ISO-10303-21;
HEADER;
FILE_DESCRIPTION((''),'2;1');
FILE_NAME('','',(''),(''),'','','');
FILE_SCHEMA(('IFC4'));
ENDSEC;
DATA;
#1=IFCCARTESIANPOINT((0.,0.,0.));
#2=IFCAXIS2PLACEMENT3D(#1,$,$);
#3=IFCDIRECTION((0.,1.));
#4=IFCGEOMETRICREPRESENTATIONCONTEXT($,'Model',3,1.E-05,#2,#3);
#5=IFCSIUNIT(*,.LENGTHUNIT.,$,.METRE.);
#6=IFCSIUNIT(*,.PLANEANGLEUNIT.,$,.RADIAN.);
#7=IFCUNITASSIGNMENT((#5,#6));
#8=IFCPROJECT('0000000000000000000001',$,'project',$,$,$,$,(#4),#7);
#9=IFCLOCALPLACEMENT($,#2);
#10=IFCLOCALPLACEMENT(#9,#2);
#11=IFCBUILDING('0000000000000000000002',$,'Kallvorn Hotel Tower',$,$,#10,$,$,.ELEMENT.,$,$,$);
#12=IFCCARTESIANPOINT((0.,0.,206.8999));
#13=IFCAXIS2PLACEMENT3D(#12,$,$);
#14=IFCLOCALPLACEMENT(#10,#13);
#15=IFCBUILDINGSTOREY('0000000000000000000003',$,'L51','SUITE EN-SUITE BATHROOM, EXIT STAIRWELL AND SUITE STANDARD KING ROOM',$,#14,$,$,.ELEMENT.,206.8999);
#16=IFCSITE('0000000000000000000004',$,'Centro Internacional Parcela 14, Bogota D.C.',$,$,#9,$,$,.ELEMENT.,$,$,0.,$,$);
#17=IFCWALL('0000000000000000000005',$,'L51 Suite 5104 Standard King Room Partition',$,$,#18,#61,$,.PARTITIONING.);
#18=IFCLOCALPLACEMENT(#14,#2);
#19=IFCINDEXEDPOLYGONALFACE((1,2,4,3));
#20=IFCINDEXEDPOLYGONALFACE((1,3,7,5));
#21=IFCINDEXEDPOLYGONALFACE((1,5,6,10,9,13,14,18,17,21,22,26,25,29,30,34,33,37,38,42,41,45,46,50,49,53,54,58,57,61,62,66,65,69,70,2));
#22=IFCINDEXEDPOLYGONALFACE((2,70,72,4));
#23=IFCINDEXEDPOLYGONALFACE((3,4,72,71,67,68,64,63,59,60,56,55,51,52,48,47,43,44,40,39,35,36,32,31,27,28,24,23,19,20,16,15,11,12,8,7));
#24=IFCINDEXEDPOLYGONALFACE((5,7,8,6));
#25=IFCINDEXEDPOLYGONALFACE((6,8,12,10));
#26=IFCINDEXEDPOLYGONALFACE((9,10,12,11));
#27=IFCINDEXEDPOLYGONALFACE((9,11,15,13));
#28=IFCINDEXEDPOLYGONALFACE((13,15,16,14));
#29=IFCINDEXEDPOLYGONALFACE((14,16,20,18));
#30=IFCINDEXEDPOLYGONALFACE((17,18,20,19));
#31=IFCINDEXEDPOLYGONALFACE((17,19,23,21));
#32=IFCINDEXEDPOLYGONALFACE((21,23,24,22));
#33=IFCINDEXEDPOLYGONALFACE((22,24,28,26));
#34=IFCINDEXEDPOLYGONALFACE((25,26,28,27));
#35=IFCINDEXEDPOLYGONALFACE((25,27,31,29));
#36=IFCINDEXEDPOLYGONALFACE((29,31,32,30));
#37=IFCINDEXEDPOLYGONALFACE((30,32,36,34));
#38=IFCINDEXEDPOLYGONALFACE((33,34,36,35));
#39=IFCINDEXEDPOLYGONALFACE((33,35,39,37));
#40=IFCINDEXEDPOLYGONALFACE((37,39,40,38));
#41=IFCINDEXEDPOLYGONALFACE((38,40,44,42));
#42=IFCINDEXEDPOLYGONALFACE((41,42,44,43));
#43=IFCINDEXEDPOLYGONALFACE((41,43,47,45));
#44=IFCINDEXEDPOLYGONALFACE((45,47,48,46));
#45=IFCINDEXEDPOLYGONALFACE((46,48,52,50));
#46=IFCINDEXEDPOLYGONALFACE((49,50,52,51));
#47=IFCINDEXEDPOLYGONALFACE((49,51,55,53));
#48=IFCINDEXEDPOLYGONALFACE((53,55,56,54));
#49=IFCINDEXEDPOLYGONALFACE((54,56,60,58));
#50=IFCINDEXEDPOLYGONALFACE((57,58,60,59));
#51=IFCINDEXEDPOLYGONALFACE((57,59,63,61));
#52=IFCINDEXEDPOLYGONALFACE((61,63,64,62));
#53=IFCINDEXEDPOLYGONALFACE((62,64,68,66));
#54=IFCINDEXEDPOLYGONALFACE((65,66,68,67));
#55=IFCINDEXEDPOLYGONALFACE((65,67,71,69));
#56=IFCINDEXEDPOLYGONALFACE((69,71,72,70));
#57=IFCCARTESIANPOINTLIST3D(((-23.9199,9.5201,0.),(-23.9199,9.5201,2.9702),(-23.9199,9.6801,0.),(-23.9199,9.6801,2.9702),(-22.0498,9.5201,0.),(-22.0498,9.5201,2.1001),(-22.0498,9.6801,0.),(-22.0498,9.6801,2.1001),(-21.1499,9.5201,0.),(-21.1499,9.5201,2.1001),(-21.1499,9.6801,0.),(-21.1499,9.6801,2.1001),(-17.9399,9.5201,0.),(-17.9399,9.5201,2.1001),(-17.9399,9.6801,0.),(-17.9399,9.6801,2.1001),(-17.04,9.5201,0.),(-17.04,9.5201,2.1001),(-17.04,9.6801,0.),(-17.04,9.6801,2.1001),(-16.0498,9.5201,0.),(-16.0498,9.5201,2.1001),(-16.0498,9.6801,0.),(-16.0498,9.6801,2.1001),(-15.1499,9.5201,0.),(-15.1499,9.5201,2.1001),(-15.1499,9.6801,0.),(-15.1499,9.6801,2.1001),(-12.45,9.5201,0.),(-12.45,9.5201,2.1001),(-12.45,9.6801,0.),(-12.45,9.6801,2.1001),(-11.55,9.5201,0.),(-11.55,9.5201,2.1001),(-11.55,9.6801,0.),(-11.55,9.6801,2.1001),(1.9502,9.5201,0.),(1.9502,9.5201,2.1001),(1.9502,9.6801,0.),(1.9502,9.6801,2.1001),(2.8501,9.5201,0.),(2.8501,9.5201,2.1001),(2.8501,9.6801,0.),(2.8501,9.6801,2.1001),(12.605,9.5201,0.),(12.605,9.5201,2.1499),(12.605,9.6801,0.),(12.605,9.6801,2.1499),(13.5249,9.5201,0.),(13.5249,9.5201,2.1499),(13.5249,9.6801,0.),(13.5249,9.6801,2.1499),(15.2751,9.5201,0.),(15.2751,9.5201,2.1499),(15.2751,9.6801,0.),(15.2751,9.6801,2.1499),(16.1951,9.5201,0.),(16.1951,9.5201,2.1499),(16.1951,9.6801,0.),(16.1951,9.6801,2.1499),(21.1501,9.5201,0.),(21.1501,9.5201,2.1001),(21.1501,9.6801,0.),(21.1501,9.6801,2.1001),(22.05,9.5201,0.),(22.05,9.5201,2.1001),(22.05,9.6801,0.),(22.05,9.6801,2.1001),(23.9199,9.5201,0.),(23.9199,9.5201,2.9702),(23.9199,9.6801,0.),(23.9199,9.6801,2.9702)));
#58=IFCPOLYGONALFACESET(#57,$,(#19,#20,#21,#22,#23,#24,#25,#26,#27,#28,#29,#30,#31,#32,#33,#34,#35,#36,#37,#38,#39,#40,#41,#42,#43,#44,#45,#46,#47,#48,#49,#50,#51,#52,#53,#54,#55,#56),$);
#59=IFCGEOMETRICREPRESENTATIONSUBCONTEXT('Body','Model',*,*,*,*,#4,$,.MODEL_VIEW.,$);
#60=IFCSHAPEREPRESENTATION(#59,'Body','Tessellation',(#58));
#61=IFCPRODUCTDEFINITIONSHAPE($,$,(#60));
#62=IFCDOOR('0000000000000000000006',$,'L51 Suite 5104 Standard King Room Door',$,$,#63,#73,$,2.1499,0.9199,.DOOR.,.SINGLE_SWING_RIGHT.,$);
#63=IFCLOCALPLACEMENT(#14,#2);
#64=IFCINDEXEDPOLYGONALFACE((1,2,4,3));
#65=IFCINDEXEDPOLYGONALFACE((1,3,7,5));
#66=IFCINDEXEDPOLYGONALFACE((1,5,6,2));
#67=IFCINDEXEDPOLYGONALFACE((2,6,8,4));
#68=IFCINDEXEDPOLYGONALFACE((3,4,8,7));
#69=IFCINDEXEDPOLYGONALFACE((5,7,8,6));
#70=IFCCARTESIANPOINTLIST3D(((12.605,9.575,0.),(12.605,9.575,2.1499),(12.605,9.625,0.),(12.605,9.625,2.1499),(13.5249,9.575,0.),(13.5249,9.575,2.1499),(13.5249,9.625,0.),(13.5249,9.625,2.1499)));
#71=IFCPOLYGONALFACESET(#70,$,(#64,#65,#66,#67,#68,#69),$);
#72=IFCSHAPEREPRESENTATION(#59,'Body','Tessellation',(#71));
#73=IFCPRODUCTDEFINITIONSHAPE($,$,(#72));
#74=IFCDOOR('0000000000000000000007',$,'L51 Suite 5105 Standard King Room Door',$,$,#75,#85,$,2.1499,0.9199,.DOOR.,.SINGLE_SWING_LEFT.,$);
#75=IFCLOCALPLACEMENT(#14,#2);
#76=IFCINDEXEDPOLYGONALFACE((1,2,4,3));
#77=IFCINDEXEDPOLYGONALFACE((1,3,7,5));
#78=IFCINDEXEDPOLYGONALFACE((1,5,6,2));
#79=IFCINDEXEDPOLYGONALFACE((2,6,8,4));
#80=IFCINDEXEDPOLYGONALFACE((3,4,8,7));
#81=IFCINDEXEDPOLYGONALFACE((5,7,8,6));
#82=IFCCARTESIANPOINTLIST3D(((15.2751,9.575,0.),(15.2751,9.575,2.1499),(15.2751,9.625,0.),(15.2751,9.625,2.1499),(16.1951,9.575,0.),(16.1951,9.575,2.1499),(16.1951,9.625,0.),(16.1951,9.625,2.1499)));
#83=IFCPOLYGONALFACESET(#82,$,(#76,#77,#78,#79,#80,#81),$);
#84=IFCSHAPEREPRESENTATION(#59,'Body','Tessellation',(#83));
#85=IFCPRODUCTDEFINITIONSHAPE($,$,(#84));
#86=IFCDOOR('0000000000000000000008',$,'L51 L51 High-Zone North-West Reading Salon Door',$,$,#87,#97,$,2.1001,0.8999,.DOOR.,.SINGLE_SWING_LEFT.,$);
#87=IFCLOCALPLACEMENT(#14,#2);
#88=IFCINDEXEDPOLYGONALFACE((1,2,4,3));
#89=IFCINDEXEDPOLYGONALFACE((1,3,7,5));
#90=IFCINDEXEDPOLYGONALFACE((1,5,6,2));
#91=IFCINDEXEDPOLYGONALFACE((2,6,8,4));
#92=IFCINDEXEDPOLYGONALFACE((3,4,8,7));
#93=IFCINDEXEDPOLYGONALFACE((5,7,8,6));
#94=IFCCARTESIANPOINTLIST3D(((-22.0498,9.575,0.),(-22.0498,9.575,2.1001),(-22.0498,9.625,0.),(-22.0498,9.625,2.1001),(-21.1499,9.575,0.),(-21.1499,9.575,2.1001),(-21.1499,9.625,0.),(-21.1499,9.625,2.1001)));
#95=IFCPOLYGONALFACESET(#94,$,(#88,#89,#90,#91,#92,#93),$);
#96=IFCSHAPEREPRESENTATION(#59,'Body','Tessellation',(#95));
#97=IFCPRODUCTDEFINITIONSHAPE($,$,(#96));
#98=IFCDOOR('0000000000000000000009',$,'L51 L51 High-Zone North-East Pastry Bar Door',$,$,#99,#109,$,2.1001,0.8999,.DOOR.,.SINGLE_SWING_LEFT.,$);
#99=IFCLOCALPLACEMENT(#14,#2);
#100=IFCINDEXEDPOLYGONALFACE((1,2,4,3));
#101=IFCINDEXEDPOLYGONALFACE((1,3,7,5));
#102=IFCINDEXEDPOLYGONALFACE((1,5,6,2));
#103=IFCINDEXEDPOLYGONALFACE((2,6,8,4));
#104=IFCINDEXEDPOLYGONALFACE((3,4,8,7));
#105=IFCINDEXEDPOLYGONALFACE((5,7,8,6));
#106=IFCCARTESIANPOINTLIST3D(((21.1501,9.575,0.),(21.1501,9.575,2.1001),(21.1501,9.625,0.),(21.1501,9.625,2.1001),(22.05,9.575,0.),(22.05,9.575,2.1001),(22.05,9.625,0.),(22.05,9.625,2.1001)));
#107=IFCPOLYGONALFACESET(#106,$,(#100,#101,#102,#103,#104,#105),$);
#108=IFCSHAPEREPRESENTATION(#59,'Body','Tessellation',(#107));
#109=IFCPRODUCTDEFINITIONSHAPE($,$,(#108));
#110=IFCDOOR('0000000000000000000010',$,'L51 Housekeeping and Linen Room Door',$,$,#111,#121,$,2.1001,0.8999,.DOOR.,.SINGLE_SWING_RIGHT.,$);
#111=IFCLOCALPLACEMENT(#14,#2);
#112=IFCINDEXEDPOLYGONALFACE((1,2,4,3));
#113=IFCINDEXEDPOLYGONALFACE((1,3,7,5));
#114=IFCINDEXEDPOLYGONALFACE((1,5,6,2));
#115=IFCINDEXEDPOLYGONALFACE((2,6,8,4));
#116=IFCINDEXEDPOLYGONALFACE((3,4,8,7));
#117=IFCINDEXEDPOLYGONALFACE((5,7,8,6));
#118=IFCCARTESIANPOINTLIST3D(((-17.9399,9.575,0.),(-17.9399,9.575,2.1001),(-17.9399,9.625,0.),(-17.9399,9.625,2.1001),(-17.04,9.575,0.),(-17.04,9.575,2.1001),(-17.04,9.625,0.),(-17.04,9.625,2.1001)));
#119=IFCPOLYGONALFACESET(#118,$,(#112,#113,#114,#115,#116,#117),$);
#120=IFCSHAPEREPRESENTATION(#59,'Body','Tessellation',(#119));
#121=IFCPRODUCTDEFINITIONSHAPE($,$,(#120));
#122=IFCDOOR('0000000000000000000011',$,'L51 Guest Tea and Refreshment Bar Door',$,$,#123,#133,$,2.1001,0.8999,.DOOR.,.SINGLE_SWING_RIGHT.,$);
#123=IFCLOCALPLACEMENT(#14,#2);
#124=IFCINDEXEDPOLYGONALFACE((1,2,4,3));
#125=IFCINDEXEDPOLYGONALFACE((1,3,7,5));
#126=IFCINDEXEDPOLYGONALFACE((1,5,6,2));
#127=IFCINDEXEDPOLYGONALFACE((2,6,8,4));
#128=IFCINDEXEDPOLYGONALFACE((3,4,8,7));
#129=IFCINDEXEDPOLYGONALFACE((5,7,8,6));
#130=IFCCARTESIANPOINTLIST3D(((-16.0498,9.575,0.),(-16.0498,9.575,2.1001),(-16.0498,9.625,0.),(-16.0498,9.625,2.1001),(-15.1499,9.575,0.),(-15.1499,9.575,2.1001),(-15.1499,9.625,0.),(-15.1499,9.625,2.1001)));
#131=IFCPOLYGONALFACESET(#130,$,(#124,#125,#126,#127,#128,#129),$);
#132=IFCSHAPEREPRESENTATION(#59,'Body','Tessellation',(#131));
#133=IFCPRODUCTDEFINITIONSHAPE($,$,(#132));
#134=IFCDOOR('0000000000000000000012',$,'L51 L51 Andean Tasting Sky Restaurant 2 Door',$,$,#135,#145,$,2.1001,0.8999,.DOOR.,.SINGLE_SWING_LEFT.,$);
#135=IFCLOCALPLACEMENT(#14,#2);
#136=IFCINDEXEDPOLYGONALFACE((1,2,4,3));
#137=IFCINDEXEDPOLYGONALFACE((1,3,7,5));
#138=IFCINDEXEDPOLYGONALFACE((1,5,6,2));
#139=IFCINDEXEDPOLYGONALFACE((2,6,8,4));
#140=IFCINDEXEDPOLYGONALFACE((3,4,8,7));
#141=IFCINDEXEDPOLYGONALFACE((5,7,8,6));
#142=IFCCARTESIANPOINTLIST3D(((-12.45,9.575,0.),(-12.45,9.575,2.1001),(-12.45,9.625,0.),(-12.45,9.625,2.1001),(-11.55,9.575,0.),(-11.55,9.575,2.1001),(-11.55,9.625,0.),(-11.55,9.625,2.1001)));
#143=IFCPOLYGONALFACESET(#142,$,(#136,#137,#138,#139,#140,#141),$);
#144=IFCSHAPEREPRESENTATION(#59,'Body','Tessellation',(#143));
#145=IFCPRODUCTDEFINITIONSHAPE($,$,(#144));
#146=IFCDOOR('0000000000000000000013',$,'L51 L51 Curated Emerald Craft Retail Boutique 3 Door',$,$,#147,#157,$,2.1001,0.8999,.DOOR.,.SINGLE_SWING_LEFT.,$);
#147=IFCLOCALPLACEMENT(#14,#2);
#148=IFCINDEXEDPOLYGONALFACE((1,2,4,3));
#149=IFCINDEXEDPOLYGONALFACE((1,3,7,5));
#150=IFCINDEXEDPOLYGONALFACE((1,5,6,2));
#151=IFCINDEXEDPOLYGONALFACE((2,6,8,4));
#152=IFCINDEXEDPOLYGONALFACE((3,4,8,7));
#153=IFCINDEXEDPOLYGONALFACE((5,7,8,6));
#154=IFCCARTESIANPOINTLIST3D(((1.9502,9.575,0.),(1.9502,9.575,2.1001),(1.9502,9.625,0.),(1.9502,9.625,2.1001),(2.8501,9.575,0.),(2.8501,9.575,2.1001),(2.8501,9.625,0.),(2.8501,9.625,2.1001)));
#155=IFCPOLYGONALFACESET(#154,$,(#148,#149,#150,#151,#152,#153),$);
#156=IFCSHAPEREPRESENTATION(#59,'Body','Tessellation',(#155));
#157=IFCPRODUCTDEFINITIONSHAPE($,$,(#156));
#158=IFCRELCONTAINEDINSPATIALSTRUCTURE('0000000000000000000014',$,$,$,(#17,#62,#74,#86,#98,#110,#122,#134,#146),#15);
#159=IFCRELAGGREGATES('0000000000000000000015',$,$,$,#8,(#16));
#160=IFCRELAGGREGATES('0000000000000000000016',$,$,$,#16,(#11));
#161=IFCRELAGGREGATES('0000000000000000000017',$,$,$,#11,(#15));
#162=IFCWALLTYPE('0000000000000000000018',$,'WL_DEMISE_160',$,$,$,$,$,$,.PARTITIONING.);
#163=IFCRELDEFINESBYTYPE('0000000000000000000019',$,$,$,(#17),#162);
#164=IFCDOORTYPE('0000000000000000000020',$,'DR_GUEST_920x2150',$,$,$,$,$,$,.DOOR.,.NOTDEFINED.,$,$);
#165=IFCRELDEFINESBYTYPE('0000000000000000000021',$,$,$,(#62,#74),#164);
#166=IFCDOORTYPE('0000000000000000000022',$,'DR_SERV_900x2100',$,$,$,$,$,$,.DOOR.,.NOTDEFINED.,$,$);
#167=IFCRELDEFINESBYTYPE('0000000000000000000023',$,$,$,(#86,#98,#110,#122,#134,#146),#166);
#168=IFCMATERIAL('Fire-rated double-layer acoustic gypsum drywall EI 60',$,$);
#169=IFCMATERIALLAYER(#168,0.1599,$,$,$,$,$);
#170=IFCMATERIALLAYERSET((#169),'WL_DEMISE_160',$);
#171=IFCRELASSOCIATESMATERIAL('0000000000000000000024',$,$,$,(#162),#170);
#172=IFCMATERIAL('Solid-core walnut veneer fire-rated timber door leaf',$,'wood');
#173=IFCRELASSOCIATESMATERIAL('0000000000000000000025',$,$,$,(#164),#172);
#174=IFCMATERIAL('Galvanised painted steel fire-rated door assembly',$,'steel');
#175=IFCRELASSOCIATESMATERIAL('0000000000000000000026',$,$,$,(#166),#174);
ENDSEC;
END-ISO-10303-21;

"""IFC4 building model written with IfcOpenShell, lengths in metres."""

from ifc_helpers import new_model, si_unit, direction, frame, frame_2d, origin, place, context, subcontext, project, spatial, rectangle, extrude, material, layer, layer_set, type_object, element, fill, save


model = new_model("IFC4")

# Units and contexts
model_context = context("Model", 3, precision=1e-05, world=origin(), true_north=direction((0.0, 1.0)))
body_context = subcontext(model_context, "Body", "Model", "MODEL_VIEW")
ifc_project = project(units=[si_unit("LENGTHUNIT", "METRE"), si_unit("PLANEANGLEUNIT", "RADIAN")], contexts=[model_context])

# Site, building, storey
site_placement = place(None, origin())
site = spatial("IfcSite", under=ifc_project, at=site_placement, Name="Centro Internacional Parcela 14, Bogota D.C.", CompositionType="ELEMENT", RefElevation=0.0)
building_placement = place(site_placement, origin())
building = spatial("IfcBuilding", under=site, at=building_placement, Name="Kallvorn Hotel Tower", CompositionType="ELEMENT")
storey_placement = place(building_placement, frame((0.0, 0.0, 206.8999)))
storey = spatial("IfcBuildingStorey", under=building, at=storey_placement, Name="L51", Description="SUITE EN-SUITE BATHROOM, EXIT STAIRWELL AND SUITE STANDARD KING ROOM", CompositionType="ELEMENT", Elevation=206.8999)

# Wall, openings, doors
ifc_material_1 = material(Name="Fire-rated double-layer acoustic gypsum drywall EI 60")
ifc_layer_1 = layer(ifc_material_1, 0.1599)
ifc_layer_set_1 = layer_set([ifc_layer_1], Name="WL_DEMISE_160")
wall_type_1 = type_object("IfcWallType", Name="WL_DEMISE_160", PredefinedType="PARTITIONING", material=ifc_layer_set_1)
wall_1_placement = place(storey_placement, frame((-23.9199, 9.6001, 0.0), z_axis=(0.0, 0.0, 1.0), x_axis=(1.0, 0.0, 0.0)))
wall_1 = element("IfcWall", 1, at=wall_1_placement, inside=storey, type_object=wall_type_1, Name="L51 Suite 5104 Standard King Room Partition", PredefinedType="PARTITIONING", context=body_context, shape_type="SweptSolid", body=[
    extrude(rectangle(XDim=47.8398, YDim=0.1599, at=frame_2d((23.9199, 0.0))), origin(), (0.0, 0.0, 1.0), 2.9702),
])
opening_1_placement = place(wall_1_placement, frame((1.8701, 0.0, 0.0)))
opening_1 = element("IfcOpeningElement", 2, at=opening_1_placement, cuts=wall_1, PredefinedType="OPENING", context=body_context, shape_type="SweptSolid", body=[
    extrude(rectangle(XDim=0.8999, YDim=2.1001, at=frame_2d((0.45, 1.05))), frame((0.0, 0.095, 0.0), z_axis=(0.0, -1.0, 0.0), x_axis=(1.0, 0.0, 0.0)), (0.0, 0.0, 1.0), 0.1899),
])
opening_2_placement = place(wall_1_placement, frame((45.0701, 0.0, 0.0)))
opening_2 = element("IfcOpeningElement", 3, at=opening_2_placement, cuts=wall_1, PredefinedType="OPENING", context=body_context, shape_type="SweptSolid", body=[
    extrude(rectangle(XDim=0.8999, YDim=2.1001, at=frame_2d((0.45, 1.05))), frame((0.0, 0.095, 0.0), z_axis=(0.0, -1.0, 0.0), x_axis=(1.0, 0.0, 0.0)), (0.0, 0.0, 1.0), 0.1899),
])
opening_3_placement = place(wall_1_placement, frame((5.98, 0.0, 0.0)))
opening_3 = element("IfcOpeningElement", 4, at=opening_3_placement, cuts=wall_1, PredefinedType="OPENING", context=body_context, shape_type="SweptSolid", body=[
    extrude(rectangle(XDim=0.8999, YDim=2.1001, at=frame_2d((0.45, 1.05))), frame((0.0, 0.095, 0.0), z_axis=(0.0, -1.0, 0.0), x_axis=(1.0, 0.0, 0.0)), (0.0, 0.0, 1.0), 0.1899),
])
opening_4_placement = place(wall_1_placement, frame((7.8701, 0.0, 0.0)))
opening_4 = element("IfcOpeningElement", 5, at=opening_4_placement, cuts=wall_1, PredefinedType="OPENING", context=body_context, shape_type="SweptSolid", body=[
    extrude(rectangle(XDim=0.8999, YDim=2.1001, at=frame_2d((0.45, 1.05))), frame((0.0, 0.095, 0.0), z_axis=(0.0, -1.0, 0.0), x_axis=(1.0, 0.0, 0.0)), (0.0, 0.0, 1.0), 0.1899),
])
opening_5_placement = place(wall_1_placement, frame((11.47, 0.0, 0.0)))
opening_5 = element("IfcOpeningElement", 6, at=opening_5_placement, cuts=wall_1, PredefinedType="OPENING", context=body_context, shape_type="SweptSolid", body=[
    extrude(rectangle(XDim=0.8999, YDim=2.1001, at=frame_2d((0.45, 1.05))), frame((0.0, 0.095, 0.0), z_axis=(0.0, -1.0, 0.0), x_axis=(1.0, 0.0, 0.0)), (0.0, 0.0, 1.0), 0.1899),
])
opening_6_placement = place(wall_1_placement, frame((25.8701, 0.0, 0.0)))
opening_6 = element("IfcOpeningElement", 7, at=opening_6_placement, cuts=wall_1, PredefinedType="OPENING", context=body_context, shape_type="SweptSolid", body=[
    extrude(rectangle(XDim=0.8999, YDim=2.1001, at=frame_2d((0.45, 1.05))), frame((0.0, 0.095, 0.0), z_axis=(0.0, -1.0, 0.0), x_axis=(1.0, 0.0, 0.0)), (0.0, 0.0, 1.0), 0.1899),
])
opening_7_placement = place(wall_1_placement, frame((36.5249, 0.0, 0.0)))
opening_7 = element("IfcOpeningElement", 8, at=opening_7_placement, cuts=wall_1, PredefinedType="OPENING", context=body_context, shape_type="SweptSolid", body=[
    extrude(rectangle(XDim=0.9199, YDim=2.1499, at=frame_2d((0.46, 1.075))), frame((0.0, 0.095, 0.0), z_axis=(0.0, -1.0, 0.0), x_axis=(1.0, 0.0, 0.0)), (0.0, 0.0, 1.0), 0.1899),
])
opening_8_placement = place(wall_1_placement, frame((39.1951, 0.0, 0.0)))
opening_8 = element("IfcOpeningElement", 9, at=opening_8_placement, cuts=wall_1, PredefinedType="OPENING", context=body_context, shape_type="SweptSolid", body=[
    extrude(rectangle(XDim=0.9199, YDim=2.1499, at=frame_2d((0.46, 1.075))), frame((0.0, 0.095, 0.0), z_axis=(0.0, -1.0, 0.0), x_axis=(1.0, 0.0, 0.0)), (0.0, 0.0, 1.0), 0.1899),
])
ifc_material_2 = material(Name="Solid-core walnut veneer fire-rated timber door leaf", Category="wood")
door_type_1 = type_object("IfcDoorType", Name="DR_GUEST_920x2150", OperationType="NOTDEFINED", PredefinedType="DOOR", material=ifc_material_2)
door_1_placement = place(opening_7_placement, origin())
door_1 = element("IfcDoor", 10, at=door_1_placement, inside=storey, type_object=door_type_1, Name="L51 Suite 5104 Standard King Room Door", OperationType="SINGLE_SWING_RIGHT", OverallHeight=2.1499, OverallWidth=0.9199, PredefinedType="DOOR", context=body_context, shape_type="SweptSolid", body=[
    extrude(rectangle(XDim=0.9199, YDim=2.1499, at=frame_2d((0.46, 1.075))), frame((0.0, 0.0249, 0.0), z_axis=(0.0, -1.0, 0.0), x_axis=(1.0, 0.0, 0.0)), (0.0, 0.0, 1.0), 0.05),
])
fill(opening_7, door_1)
door_2_placement = place(opening_8_placement, origin())
door_2 = element("IfcDoor", 11, at=door_2_placement, inside=storey, type_object=door_type_1, Name="L51 Suite 5105 Standard King Room Door", OperationType="SINGLE_SWING_LEFT", OverallHeight=2.1499, OverallWidth=0.9199, PredefinedType="DOOR", context=body_context, shape_type="SweptSolid", body=[
    extrude(rectangle(XDim=0.9199, YDim=2.1499, at=frame_2d((0.46, 1.075))), frame((0.0, 0.0249, 0.0), z_axis=(0.0, -1.0, 0.0), x_axis=(1.0, 0.0, 0.0)), (0.0, 0.0, 1.0), 0.05),
])
fill(opening_8, door_2)
ifc_material_3 = material(Name="Galvanised painted steel fire-rated door assembly", Category="steel")
door_type_2 = type_object("IfcDoorType", Name="DR_SERV_900x2100", OperationType="NOTDEFINED", PredefinedType="DOOR", material=ifc_material_3)
door_3_placement = place(opening_1_placement, origin())
door_3 = element("IfcDoor", 12, at=door_3_placement, inside=storey, type_object=door_type_2, Name="L51 L51 High-Zone North-West Reading Salon Door", OperationType="SINGLE_SWING_LEFT", OverallHeight=2.1001, OverallWidth=0.8999, PredefinedType="DOOR", context=body_context, shape_type="SweptSolid", body=[
    extrude(rectangle(XDim=0.8999, YDim=2.1001, at=frame_2d((0.45, 1.05))), frame((0.0, 0.0249, 0.0), z_axis=(0.0, -1.0, 0.0), x_axis=(1.0, 0.0, 0.0)), (0.0, 0.0, 1.0), 0.05),
])
fill(opening_1, door_3)
door_4_placement = place(opening_2_placement, origin())
door_4 = element("IfcDoor", 13, at=door_4_placement, inside=storey, type_object=door_type_2, Name="L51 L51 High-Zone North-East Pastry Bar Door", OperationType="SINGLE_SWING_LEFT", OverallHeight=2.1001, OverallWidth=0.8999, PredefinedType="DOOR", context=body_context, shape_type="SweptSolid", body=[
    extrude(rectangle(XDim=0.8999, YDim=2.1001, at=frame_2d((0.45, 1.05))), frame((0.0, 0.0249, 0.0), z_axis=(0.0, -1.0, 0.0), x_axis=(1.0, 0.0, 0.0)), (0.0, 0.0, 1.0), 0.05),
])
fill(opening_2, door_4)
door_5_placement = place(opening_3_placement, origin())
door_5 = element("IfcDoor", 14, at=door_5_placement, inside=storey, type_object=door_type_2, Name="L51 Housekeeping and Linen Room Door", OperationType="SINGLE_SWING_RIGHT", OverallHeight=2.1001, OverallWidth=0.8999, PredefinedType="DOOR", context=body_context, shape_type="SweptSolid", body=[
    extrude(rectangle(XDim=0.8999, YDim=2.1001, at=frame_2d((0.45, 1.05))), frame((0.0, 0.0249, 0.0), z_axis=(0.0, -1.0, 0.0), x_axis=(1.0, 0.0, 0.0)), (0.0, 0.0, 1.0), 0.05),
])
fill(opening_3, door_5)
door_6_placement = place(opening_4_placement, origin())
door_6 = element("IfcDoor", 15, at=door_6_placement, inside=storey, type_object=door_type_2, Name="L51 Guest Tea and Refreshment Bar Door", OperationType="SINGLE_SWING_RIGHT", OverallHeight=2.1001, OverallWidth=0.8999, PredefinedType="DOOR", context=body_context, shape_type="SweptSolid", body=[
    extrude(rectangle(XDim=0.8999, YDim=2.1001, at=frame_2d((0.45, 1.05))), frame((0.0, 0.0249, 0.0), z_axis=(0.0, -1.0, 0.0), x_axis=(1.0, 0.0, 0.0)), (0.0, 0.0, 1.0), 0.05),
])
fill(opening_4, door_6)
door_7_placement = place(opening_5_placement, origin())
door_7 = element("IfcDoor", 16, at=door_7_placement, inside=storey, type_object=door_type_2, Name="L51 L51 Andean Tasting Sky Restaurant 2 Door", OperationType="SINGLE_SWING_LEFT", OverallHeight=2.1001, OverallWidth=0.8999, PredefinedType="DOOR", context=body_context, shape_type="SweptSolid", body=[
    extrude(rectangle(XDim=0.8999, YDim=2.1001, at=frame_2d((0.45, 1.05))), frame((0.0, 0.0249, 0.0), z_axis=(0.0, -1.0, 0.0), x_axis=(1.0, 0.0, 0.0)), (0.0, 0.0, 1.0), 0.05),
])
fill(opening_5, door_7)
door_8_placement = place(opening_6_placement, origin())
door_8 = element("IfcDoor", 17, at=door_8_placement, inside=storey, type_object=door_type_2, Name="L51 L51 Curated Emerald Craft Retail Boutique 3 Door", OperationType="SINGLE_SWING_LEFT", OverallHeight=2.1001, OverallWidth=0.8999, PredefinedType="DOOR", context=body_context, shape_type="SweptSolid", body=[
    extrude(rectangle(XDim=0.8999, YDim=2.1001, at=frame_2d((0.45, 1.05))), frame((0.0, 0.0249, 0.0), z_axis=(0.0, -1.0, 0.0), x_axis=(1.0, 0.0, 0.0)), (0.0, 0.0, 1.0), 0.05),
])
fill(opening_6, door_8)

save(model, "model.ifc")
